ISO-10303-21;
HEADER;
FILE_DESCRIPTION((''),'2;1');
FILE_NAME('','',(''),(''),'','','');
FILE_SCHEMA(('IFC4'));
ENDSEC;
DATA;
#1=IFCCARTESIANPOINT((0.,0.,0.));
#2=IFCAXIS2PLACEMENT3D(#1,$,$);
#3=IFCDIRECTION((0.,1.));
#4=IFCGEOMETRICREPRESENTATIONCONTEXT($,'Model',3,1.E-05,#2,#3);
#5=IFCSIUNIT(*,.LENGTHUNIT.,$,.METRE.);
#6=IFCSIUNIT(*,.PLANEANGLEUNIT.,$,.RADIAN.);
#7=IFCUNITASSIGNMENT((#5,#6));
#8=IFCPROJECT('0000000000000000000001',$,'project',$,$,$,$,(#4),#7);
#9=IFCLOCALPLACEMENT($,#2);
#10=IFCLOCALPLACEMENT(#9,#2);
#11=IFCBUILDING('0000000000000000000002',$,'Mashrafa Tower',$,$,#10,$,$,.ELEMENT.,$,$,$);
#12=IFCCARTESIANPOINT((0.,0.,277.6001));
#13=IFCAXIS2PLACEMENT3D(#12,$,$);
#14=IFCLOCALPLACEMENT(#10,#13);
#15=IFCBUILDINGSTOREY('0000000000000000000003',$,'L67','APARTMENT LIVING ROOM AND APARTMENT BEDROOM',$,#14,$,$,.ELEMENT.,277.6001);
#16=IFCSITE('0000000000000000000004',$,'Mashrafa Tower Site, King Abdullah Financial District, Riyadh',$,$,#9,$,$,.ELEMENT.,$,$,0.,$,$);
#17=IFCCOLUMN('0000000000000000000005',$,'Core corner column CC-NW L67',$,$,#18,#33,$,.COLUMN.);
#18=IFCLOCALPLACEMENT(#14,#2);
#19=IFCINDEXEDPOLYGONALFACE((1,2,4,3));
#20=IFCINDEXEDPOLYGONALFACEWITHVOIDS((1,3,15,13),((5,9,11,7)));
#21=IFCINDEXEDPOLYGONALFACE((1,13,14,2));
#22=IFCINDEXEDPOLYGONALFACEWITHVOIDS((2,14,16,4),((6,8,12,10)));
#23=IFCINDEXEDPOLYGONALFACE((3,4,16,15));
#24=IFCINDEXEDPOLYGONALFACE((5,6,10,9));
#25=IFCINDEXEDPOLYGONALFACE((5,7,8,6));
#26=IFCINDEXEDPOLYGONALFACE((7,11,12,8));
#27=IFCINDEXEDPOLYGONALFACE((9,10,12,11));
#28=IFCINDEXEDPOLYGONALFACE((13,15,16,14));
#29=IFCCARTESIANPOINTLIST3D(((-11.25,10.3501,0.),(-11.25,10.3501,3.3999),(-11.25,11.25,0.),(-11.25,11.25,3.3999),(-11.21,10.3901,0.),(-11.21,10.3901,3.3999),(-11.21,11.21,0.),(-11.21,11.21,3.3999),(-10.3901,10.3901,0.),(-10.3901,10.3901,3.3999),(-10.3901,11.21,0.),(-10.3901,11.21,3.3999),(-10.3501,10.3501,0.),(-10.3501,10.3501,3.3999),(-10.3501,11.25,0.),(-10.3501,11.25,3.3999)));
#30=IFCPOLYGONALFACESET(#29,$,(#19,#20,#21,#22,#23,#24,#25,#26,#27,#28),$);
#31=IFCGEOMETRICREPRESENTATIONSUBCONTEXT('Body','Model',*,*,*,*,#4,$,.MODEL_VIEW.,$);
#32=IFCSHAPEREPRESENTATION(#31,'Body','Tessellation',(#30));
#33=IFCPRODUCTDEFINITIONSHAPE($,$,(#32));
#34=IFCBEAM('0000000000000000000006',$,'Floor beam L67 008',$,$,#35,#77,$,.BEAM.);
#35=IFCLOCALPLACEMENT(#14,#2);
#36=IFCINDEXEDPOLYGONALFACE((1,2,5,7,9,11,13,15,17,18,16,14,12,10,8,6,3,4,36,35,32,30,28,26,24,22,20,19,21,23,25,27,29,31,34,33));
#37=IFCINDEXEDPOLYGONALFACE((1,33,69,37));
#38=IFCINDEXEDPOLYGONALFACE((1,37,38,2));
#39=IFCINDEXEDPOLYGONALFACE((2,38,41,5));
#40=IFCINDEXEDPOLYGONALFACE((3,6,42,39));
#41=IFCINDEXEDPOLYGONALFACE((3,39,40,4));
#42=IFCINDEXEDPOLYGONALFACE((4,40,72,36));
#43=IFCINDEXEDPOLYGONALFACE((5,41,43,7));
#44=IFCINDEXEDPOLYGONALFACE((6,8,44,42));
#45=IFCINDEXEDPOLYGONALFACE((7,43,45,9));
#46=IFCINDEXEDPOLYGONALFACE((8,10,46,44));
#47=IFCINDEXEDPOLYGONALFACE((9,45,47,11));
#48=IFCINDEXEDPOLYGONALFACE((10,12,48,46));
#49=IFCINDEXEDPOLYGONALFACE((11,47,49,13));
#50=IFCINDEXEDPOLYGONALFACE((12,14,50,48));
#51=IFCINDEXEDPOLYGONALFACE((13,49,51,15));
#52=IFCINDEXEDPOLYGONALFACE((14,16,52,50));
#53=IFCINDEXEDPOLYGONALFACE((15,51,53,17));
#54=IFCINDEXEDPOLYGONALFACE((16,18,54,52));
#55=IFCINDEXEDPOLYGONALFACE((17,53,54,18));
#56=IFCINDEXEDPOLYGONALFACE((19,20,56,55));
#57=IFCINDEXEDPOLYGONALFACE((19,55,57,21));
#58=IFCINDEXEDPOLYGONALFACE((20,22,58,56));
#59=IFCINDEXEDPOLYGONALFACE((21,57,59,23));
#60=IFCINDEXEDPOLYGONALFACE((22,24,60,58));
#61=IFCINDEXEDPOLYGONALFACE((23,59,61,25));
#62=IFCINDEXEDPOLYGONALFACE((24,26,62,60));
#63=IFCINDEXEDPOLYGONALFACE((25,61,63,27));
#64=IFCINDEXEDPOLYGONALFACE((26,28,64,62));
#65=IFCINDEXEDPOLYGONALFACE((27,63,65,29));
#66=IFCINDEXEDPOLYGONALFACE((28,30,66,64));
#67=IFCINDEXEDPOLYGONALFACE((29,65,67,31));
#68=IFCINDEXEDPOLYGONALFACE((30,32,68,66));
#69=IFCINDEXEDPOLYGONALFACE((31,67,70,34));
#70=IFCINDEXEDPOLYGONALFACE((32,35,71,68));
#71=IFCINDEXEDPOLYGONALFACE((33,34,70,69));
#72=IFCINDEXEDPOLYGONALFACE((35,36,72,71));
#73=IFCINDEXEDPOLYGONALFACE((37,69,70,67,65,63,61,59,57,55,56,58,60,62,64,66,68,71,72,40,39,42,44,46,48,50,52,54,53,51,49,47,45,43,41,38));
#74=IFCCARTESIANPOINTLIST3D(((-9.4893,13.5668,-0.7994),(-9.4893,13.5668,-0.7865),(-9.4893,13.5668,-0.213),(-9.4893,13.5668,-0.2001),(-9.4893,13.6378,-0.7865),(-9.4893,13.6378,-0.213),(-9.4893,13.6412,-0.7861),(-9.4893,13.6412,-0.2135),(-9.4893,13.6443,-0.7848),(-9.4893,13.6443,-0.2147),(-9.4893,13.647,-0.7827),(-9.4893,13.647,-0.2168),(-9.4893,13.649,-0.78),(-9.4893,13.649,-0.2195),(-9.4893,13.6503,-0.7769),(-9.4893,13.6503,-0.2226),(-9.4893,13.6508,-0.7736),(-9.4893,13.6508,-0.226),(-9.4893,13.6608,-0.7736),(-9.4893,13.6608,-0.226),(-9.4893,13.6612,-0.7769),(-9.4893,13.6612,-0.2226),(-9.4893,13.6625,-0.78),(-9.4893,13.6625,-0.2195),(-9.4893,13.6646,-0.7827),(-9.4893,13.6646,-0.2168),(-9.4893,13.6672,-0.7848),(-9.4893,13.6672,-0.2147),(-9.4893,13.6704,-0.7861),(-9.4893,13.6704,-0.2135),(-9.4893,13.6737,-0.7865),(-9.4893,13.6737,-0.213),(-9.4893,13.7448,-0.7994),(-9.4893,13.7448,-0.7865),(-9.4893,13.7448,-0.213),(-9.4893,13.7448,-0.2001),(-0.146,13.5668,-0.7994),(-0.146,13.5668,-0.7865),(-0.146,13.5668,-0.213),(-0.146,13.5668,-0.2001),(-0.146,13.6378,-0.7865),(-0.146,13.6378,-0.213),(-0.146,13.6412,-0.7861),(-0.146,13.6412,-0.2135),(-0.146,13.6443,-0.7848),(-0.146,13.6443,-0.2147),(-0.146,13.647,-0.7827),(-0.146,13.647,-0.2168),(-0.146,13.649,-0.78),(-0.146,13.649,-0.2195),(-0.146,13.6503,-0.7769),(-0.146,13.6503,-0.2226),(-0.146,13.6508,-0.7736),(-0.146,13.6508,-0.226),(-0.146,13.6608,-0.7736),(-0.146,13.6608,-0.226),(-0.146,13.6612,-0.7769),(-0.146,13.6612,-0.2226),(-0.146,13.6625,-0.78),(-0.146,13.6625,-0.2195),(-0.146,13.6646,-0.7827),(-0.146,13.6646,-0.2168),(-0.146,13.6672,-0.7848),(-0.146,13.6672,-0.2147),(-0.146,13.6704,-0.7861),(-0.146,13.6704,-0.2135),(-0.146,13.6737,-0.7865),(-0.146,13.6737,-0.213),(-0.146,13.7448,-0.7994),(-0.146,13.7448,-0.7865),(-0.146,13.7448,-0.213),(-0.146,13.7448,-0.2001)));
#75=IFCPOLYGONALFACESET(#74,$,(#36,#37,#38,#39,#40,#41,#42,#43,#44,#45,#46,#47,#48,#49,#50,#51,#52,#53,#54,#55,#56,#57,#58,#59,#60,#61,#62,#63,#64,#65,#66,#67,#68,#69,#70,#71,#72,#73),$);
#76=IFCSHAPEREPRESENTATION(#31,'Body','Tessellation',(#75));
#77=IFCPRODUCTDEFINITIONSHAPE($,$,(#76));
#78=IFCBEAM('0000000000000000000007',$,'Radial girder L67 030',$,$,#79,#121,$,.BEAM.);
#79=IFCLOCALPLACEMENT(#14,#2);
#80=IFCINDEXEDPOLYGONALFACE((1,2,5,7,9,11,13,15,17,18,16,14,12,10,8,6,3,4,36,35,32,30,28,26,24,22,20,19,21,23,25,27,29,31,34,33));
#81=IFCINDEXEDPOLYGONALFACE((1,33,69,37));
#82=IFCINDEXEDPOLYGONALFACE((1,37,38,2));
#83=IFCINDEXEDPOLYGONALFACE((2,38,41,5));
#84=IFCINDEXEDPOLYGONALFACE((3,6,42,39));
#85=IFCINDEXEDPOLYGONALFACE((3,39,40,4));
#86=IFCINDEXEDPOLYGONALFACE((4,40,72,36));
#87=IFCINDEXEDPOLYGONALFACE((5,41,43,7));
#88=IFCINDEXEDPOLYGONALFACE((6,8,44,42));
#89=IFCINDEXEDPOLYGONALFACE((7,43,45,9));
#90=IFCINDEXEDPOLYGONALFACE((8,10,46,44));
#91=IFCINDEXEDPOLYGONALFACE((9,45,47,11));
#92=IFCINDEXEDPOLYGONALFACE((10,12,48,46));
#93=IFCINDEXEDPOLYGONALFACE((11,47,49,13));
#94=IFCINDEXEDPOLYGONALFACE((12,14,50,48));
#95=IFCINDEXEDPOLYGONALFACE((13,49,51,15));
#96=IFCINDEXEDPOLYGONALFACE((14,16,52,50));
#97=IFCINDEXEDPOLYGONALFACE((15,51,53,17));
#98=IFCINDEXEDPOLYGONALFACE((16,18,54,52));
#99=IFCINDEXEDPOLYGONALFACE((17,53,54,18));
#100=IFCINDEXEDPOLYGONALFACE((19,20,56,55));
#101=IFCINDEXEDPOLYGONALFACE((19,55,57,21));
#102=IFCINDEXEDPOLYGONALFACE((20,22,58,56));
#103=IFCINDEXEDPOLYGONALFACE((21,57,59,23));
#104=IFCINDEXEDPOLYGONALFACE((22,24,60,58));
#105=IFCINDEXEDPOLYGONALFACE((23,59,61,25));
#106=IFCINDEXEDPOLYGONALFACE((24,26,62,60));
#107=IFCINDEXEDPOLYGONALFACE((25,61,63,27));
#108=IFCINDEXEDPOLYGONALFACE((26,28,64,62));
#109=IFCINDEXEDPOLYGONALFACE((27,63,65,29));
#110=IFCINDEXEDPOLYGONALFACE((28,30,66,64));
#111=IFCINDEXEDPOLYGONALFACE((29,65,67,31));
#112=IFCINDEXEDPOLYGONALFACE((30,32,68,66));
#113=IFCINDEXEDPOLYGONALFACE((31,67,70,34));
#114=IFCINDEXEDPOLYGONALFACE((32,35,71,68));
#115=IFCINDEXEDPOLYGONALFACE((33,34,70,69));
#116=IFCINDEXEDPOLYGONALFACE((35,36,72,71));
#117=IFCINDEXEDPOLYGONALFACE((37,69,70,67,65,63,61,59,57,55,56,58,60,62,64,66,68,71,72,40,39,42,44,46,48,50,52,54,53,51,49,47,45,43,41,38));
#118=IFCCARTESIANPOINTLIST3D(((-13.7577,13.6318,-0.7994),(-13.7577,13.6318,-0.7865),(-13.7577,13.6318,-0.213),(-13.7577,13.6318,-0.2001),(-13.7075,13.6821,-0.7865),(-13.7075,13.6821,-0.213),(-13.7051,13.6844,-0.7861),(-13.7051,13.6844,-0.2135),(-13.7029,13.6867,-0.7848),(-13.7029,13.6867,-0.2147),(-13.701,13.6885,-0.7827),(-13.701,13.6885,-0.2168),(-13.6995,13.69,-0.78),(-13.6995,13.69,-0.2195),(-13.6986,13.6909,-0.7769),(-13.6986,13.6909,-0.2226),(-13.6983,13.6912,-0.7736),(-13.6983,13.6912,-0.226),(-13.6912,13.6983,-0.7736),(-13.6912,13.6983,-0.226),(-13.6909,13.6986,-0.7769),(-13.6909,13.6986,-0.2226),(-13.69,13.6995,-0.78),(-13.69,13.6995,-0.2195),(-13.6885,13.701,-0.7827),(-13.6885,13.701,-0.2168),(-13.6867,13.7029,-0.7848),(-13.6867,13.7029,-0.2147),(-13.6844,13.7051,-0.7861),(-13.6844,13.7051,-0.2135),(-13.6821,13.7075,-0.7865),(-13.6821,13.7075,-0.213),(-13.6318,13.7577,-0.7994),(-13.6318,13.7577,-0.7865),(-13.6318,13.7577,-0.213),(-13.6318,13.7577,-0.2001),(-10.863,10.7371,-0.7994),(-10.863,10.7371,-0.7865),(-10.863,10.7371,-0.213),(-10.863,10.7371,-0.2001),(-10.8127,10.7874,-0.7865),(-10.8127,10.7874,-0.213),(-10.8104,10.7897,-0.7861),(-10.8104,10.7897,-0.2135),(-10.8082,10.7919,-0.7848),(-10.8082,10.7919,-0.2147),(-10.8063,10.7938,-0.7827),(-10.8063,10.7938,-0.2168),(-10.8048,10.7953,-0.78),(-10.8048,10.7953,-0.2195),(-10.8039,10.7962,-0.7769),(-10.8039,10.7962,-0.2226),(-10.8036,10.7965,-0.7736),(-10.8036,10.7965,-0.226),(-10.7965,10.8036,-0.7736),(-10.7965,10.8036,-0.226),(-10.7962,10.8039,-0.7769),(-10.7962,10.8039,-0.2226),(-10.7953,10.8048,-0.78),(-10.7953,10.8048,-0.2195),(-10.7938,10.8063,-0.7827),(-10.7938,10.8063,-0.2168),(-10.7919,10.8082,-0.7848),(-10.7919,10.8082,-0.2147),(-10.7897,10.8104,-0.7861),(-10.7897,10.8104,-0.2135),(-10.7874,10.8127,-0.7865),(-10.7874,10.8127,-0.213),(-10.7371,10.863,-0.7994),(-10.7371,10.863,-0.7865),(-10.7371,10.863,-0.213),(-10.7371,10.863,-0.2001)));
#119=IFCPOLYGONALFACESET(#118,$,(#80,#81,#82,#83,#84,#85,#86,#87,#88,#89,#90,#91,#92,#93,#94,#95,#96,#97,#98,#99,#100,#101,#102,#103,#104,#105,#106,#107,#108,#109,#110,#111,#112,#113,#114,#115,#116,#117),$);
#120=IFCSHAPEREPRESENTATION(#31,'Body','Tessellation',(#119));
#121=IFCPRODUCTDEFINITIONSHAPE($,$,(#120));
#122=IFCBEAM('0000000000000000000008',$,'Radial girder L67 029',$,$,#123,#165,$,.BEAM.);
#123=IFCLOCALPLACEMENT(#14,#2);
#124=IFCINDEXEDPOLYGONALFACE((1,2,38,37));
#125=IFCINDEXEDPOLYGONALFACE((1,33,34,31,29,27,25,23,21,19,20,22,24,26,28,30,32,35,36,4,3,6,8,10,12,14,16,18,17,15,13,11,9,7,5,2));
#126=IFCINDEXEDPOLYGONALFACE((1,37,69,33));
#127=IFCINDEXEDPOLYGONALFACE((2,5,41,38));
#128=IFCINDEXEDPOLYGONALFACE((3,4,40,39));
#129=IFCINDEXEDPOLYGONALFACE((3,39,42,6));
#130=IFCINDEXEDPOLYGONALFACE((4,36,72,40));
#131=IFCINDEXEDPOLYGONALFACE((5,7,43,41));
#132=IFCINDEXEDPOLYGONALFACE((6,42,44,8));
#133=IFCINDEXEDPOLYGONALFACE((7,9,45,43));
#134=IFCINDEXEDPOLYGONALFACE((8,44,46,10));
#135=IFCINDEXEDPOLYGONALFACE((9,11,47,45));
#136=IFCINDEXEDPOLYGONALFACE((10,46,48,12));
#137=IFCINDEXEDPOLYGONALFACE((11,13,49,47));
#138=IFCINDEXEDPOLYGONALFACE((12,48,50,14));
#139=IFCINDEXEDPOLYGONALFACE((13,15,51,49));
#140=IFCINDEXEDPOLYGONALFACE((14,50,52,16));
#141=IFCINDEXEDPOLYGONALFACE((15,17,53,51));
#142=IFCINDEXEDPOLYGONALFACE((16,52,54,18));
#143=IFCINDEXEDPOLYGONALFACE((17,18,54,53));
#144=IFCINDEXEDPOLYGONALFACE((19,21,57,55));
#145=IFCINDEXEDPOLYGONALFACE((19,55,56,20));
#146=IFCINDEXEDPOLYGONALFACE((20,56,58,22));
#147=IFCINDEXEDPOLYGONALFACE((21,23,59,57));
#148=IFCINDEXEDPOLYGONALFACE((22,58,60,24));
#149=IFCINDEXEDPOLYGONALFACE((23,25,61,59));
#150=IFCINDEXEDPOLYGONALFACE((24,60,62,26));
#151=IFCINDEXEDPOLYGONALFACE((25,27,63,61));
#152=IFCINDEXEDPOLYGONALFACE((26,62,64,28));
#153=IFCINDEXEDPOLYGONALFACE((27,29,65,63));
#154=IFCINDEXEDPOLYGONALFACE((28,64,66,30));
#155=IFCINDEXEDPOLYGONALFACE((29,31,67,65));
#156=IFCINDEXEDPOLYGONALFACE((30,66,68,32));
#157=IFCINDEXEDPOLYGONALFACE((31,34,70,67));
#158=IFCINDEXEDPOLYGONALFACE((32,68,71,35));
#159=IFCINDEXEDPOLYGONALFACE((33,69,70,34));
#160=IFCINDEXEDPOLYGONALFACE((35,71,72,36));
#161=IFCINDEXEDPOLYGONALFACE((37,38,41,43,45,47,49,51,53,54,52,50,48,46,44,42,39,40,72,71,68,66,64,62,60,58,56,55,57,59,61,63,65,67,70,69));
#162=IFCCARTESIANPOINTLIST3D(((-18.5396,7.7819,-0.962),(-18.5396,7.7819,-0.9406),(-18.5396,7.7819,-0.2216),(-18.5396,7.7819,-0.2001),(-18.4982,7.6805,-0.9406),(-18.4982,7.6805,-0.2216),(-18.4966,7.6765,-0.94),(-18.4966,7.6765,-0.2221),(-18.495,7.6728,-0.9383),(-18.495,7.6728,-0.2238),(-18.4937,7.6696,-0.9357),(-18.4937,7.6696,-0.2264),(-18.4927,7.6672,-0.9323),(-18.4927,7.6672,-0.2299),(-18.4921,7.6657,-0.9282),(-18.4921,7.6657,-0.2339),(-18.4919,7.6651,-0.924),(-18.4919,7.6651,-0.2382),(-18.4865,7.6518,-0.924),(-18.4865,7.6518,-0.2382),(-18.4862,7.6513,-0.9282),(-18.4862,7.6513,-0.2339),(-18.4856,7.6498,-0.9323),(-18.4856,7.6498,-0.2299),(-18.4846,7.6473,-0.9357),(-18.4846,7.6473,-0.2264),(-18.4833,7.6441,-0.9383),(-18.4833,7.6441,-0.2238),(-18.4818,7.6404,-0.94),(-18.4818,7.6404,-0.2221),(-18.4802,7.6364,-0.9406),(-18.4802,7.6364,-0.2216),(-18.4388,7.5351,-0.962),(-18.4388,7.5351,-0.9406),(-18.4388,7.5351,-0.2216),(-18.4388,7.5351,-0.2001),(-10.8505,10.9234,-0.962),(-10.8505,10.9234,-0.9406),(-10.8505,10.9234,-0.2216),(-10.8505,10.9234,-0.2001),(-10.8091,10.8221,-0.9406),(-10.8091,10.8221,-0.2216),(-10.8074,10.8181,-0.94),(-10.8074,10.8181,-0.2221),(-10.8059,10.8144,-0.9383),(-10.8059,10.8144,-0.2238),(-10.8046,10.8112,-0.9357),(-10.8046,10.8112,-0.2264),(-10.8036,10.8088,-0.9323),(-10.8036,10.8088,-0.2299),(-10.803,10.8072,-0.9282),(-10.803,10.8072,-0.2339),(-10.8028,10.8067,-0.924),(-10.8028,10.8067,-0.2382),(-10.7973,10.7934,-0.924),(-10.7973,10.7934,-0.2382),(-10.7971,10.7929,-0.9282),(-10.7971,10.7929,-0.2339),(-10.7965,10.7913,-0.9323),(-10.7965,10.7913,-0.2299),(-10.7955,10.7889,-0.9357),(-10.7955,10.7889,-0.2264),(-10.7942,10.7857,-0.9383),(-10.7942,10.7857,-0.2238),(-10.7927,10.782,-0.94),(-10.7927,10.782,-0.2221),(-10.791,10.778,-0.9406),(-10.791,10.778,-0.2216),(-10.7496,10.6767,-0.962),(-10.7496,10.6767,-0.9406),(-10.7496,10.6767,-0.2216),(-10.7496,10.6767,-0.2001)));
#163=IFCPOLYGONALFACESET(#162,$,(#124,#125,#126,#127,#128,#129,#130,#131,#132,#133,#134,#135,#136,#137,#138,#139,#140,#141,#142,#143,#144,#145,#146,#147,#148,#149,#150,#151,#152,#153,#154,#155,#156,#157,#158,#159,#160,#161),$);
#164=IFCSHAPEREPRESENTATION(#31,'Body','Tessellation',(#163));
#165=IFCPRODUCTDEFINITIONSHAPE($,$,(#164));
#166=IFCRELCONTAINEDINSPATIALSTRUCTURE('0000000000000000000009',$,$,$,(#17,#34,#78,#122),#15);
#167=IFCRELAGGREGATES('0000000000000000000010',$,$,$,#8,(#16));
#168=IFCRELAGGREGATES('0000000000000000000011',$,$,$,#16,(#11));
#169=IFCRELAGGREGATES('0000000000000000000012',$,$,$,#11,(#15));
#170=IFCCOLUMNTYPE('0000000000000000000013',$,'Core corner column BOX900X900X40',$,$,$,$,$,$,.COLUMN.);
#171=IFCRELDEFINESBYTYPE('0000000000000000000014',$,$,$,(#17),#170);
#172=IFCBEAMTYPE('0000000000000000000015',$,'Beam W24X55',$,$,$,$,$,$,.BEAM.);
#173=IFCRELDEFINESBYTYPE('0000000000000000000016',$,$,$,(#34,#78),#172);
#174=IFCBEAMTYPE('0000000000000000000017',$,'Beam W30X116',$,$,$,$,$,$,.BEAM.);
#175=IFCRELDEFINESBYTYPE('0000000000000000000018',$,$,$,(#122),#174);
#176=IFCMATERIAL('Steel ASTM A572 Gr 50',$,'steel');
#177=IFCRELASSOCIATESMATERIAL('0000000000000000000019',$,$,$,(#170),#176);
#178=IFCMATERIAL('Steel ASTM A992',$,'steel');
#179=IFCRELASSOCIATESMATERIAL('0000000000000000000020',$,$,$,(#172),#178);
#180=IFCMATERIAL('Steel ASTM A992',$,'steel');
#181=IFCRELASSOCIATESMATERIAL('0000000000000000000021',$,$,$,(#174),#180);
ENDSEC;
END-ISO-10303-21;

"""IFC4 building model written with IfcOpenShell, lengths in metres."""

from ifc_helpers import new_model, si_unit, direction, frame, origin, origin_2d, place, context, subcontext, project, spatial, hollow_rectangle, i_section, extrude, material, material_profile, profile_set, type_object, element, save


model = new_model("IFC4")

# Units and contexts
model_context = context("Model", 3, precision=1e-05, world=origin(), true_north=direction((0.0, 1.0)))
body_context = subcontext(model_context, "Body", "Model", "MODEL_VIEW")
ifc_project = project(units=[si_unit("LENGTHUNIT", "METRE"), si_unit("PLANEANGLEUNIT", "RADIAN")], contexts=[model_context])

# Site, building, storey
site_placement = place(None, origin())
site = spatial("IfcSite", under=ifc_project, at=site_placement, Name="Mashrafa Tower Site, King Abdullah Financial District, Riyadh", CompositionType="ELEMENT", RefElevation=0.0)
building_placement = place(site_placement, origin())
building = spatial("IfcBuilding", under=site, at=building_placement, Name="Mashrafa Tower", CompositionType="ELEMENT")
storey_placement = place(building_placement, frame((0.0, 0.0, 277.6001)))
storey = spatial("IfcBuildingStorey", under=building, at=storey_placement, Name="L67", Description="APARTMENT LIVING ROOM AND APARTMENT BEDROOM", CompositionType="ELEMENT", Elevation=277.6001)

# Column
ifc_material_1 = material(Name="Steel ASTM A572 Gr 50", Category="steel")
ifc_material_profile_1 = material_profile(ifc_material_1, hollow_rectangle(XDim=0.8999, YDim=0.8999, WallThickness=0.04, at=origin_2d()), Name="BOX900X900X40")
ifc_profile_set_1 = profile_set([ifc_material_profile_1], Name="Steel ASTM A572 Gr 50")
column_type = type_object("IfcColumnType", Name="Core corner column BOX900X900X40", PredefinedType="COLUMN", material=ifc_profile_set_1)
column_placement = place(storey_placement, frame((-10.8, 10.8, 0.0), z_axis=(0.0, 0.0, 1.0), x_axis=(1.0, 0.0, 0.0)))
element("IfcColumn", 1, at=column_placement, inside=storey, type_object=column_type, Name="Core corner column CC-NW L67", PredefinedType="COLUMN", context=body_context, shape_type="SweptSolid", body=[
    extrude(hollow_rectangle(XDim=0.8999, YDim=0.8999, WallThickness=0.04, at=origin_2d()), origin(), (0.0, 0.0, 1.0), 3.3999),
])

# Beams
ifc_material_2 = material(Name="Steel ASTM A992", Category="steel")
ifc_material_profile_2 = material_profile(ifc_material_2, i_section(OverallWidth=0.178, OverallDepth=0.5994, WebThickness=0.01, FlangeThickness=0.0129, FilletRadius=0.0129, at=origin_2d()), Name="W24X55")
ifc_profile_set_2 = profile_set([ifc_material_profile_2], Name="Steel ASTM A992")
beam_type_1 = type_object("IfcBeamType", Name="Beam W24X55", PredefinedType="BEAM", material=ifc_profile_set_2)
beam_1_placement = place(storey_placement, frame((-9.4893, 13.6558, -0.4998), z_axis=(1.0, 0.0, 0.0), x_axis=(0.0, 1.0, 0.0)))
element("IfcBeam", 2, at=beam_1_placement, inside=storey, type_object=beam_type_1, Name="Floor beam L67 008", PredefinedType="BEAM", context=body_context, shape_type="SweptSolid", body=[
    extrude(i_section(OverallWidth=0.178, OverallDepth=0.5994, WebThickness=0.01, FlangeThickness=0.0129, FilletRadius=0.0129, at=origin_2d()), origin(), (0.0, 0.0, 1.0), 9.3433),
])
beam_2_placement = place(storey_placement, frame((-10.8, 10.8, -0.4998), z_axis=(-0.707107, 0.707107, 0.0), x_axis=(-0.707107, -0.707107, 0.0)))
element("IfcBeam", 3, at=beam_2_placement, inside=storey, type_object=beam_type_1, Name="Radial girder L67 030", PredefinedType="BEAM", context=body_context, shape_type="SweptSolid", body=[
    extrude(i_section(OverallWidth=0.178, OverallDepth=0.5994, WebThickness=0.01, FlangeThickness=0.0129, FilletRadius=0.0129, at=origin_2d()), origin(), (0.0, 0.0, 1.0), 4.0938),
])
ifc_material_3 = material(Name="Steel ASTM A992", Category="steel")
ifc_material_profile_3 = material_profile(ifc_material_3, i_section(OverallWidth=0.2666, OverallDepth=0.762, WebThickness=0.0144, FlangeThickness=0.0215, FilletRadius=0.0166, at=origin_2d()), Name="W30X116")
ifc_profile_set_3 = profile_set([ifc_material_profile_3], Name="Steel ASTM A992")
beam_type_2 = type_object("IfcBeamType", Name="Beam W30X116", PredefinedType="BEAM", material=ifc_profile_set_3)
for number, where, z_axis, x_axis, name in (
    (4, (-10.8, 10.8, -0.5811), (-0.925715, -0.378222, 0.0), (0.378222, -0.925715, 0.0), "Radial girder L67 029"),
):
    element("IfcBeam", number, at=place(storey_placement, frame(where, z_axis=z_axis, x_axis=x_axis)), inside=storey, type_object=beam_type_2, Name=name, PredefinedType="BEAM", context=body_context, shape_type="SweptSolid", body=[
        extrude(i_section(OverallWidth=0.2666, OverallDepth=0.762, WebThickness=0.0144, FlangeThickness=0.0215, FilletRadius=0.0166, at=origin_2d()), origin(), (0.0, 0.0, 1.0), 8.3062),
    ])

save(model, "model.ifc")
